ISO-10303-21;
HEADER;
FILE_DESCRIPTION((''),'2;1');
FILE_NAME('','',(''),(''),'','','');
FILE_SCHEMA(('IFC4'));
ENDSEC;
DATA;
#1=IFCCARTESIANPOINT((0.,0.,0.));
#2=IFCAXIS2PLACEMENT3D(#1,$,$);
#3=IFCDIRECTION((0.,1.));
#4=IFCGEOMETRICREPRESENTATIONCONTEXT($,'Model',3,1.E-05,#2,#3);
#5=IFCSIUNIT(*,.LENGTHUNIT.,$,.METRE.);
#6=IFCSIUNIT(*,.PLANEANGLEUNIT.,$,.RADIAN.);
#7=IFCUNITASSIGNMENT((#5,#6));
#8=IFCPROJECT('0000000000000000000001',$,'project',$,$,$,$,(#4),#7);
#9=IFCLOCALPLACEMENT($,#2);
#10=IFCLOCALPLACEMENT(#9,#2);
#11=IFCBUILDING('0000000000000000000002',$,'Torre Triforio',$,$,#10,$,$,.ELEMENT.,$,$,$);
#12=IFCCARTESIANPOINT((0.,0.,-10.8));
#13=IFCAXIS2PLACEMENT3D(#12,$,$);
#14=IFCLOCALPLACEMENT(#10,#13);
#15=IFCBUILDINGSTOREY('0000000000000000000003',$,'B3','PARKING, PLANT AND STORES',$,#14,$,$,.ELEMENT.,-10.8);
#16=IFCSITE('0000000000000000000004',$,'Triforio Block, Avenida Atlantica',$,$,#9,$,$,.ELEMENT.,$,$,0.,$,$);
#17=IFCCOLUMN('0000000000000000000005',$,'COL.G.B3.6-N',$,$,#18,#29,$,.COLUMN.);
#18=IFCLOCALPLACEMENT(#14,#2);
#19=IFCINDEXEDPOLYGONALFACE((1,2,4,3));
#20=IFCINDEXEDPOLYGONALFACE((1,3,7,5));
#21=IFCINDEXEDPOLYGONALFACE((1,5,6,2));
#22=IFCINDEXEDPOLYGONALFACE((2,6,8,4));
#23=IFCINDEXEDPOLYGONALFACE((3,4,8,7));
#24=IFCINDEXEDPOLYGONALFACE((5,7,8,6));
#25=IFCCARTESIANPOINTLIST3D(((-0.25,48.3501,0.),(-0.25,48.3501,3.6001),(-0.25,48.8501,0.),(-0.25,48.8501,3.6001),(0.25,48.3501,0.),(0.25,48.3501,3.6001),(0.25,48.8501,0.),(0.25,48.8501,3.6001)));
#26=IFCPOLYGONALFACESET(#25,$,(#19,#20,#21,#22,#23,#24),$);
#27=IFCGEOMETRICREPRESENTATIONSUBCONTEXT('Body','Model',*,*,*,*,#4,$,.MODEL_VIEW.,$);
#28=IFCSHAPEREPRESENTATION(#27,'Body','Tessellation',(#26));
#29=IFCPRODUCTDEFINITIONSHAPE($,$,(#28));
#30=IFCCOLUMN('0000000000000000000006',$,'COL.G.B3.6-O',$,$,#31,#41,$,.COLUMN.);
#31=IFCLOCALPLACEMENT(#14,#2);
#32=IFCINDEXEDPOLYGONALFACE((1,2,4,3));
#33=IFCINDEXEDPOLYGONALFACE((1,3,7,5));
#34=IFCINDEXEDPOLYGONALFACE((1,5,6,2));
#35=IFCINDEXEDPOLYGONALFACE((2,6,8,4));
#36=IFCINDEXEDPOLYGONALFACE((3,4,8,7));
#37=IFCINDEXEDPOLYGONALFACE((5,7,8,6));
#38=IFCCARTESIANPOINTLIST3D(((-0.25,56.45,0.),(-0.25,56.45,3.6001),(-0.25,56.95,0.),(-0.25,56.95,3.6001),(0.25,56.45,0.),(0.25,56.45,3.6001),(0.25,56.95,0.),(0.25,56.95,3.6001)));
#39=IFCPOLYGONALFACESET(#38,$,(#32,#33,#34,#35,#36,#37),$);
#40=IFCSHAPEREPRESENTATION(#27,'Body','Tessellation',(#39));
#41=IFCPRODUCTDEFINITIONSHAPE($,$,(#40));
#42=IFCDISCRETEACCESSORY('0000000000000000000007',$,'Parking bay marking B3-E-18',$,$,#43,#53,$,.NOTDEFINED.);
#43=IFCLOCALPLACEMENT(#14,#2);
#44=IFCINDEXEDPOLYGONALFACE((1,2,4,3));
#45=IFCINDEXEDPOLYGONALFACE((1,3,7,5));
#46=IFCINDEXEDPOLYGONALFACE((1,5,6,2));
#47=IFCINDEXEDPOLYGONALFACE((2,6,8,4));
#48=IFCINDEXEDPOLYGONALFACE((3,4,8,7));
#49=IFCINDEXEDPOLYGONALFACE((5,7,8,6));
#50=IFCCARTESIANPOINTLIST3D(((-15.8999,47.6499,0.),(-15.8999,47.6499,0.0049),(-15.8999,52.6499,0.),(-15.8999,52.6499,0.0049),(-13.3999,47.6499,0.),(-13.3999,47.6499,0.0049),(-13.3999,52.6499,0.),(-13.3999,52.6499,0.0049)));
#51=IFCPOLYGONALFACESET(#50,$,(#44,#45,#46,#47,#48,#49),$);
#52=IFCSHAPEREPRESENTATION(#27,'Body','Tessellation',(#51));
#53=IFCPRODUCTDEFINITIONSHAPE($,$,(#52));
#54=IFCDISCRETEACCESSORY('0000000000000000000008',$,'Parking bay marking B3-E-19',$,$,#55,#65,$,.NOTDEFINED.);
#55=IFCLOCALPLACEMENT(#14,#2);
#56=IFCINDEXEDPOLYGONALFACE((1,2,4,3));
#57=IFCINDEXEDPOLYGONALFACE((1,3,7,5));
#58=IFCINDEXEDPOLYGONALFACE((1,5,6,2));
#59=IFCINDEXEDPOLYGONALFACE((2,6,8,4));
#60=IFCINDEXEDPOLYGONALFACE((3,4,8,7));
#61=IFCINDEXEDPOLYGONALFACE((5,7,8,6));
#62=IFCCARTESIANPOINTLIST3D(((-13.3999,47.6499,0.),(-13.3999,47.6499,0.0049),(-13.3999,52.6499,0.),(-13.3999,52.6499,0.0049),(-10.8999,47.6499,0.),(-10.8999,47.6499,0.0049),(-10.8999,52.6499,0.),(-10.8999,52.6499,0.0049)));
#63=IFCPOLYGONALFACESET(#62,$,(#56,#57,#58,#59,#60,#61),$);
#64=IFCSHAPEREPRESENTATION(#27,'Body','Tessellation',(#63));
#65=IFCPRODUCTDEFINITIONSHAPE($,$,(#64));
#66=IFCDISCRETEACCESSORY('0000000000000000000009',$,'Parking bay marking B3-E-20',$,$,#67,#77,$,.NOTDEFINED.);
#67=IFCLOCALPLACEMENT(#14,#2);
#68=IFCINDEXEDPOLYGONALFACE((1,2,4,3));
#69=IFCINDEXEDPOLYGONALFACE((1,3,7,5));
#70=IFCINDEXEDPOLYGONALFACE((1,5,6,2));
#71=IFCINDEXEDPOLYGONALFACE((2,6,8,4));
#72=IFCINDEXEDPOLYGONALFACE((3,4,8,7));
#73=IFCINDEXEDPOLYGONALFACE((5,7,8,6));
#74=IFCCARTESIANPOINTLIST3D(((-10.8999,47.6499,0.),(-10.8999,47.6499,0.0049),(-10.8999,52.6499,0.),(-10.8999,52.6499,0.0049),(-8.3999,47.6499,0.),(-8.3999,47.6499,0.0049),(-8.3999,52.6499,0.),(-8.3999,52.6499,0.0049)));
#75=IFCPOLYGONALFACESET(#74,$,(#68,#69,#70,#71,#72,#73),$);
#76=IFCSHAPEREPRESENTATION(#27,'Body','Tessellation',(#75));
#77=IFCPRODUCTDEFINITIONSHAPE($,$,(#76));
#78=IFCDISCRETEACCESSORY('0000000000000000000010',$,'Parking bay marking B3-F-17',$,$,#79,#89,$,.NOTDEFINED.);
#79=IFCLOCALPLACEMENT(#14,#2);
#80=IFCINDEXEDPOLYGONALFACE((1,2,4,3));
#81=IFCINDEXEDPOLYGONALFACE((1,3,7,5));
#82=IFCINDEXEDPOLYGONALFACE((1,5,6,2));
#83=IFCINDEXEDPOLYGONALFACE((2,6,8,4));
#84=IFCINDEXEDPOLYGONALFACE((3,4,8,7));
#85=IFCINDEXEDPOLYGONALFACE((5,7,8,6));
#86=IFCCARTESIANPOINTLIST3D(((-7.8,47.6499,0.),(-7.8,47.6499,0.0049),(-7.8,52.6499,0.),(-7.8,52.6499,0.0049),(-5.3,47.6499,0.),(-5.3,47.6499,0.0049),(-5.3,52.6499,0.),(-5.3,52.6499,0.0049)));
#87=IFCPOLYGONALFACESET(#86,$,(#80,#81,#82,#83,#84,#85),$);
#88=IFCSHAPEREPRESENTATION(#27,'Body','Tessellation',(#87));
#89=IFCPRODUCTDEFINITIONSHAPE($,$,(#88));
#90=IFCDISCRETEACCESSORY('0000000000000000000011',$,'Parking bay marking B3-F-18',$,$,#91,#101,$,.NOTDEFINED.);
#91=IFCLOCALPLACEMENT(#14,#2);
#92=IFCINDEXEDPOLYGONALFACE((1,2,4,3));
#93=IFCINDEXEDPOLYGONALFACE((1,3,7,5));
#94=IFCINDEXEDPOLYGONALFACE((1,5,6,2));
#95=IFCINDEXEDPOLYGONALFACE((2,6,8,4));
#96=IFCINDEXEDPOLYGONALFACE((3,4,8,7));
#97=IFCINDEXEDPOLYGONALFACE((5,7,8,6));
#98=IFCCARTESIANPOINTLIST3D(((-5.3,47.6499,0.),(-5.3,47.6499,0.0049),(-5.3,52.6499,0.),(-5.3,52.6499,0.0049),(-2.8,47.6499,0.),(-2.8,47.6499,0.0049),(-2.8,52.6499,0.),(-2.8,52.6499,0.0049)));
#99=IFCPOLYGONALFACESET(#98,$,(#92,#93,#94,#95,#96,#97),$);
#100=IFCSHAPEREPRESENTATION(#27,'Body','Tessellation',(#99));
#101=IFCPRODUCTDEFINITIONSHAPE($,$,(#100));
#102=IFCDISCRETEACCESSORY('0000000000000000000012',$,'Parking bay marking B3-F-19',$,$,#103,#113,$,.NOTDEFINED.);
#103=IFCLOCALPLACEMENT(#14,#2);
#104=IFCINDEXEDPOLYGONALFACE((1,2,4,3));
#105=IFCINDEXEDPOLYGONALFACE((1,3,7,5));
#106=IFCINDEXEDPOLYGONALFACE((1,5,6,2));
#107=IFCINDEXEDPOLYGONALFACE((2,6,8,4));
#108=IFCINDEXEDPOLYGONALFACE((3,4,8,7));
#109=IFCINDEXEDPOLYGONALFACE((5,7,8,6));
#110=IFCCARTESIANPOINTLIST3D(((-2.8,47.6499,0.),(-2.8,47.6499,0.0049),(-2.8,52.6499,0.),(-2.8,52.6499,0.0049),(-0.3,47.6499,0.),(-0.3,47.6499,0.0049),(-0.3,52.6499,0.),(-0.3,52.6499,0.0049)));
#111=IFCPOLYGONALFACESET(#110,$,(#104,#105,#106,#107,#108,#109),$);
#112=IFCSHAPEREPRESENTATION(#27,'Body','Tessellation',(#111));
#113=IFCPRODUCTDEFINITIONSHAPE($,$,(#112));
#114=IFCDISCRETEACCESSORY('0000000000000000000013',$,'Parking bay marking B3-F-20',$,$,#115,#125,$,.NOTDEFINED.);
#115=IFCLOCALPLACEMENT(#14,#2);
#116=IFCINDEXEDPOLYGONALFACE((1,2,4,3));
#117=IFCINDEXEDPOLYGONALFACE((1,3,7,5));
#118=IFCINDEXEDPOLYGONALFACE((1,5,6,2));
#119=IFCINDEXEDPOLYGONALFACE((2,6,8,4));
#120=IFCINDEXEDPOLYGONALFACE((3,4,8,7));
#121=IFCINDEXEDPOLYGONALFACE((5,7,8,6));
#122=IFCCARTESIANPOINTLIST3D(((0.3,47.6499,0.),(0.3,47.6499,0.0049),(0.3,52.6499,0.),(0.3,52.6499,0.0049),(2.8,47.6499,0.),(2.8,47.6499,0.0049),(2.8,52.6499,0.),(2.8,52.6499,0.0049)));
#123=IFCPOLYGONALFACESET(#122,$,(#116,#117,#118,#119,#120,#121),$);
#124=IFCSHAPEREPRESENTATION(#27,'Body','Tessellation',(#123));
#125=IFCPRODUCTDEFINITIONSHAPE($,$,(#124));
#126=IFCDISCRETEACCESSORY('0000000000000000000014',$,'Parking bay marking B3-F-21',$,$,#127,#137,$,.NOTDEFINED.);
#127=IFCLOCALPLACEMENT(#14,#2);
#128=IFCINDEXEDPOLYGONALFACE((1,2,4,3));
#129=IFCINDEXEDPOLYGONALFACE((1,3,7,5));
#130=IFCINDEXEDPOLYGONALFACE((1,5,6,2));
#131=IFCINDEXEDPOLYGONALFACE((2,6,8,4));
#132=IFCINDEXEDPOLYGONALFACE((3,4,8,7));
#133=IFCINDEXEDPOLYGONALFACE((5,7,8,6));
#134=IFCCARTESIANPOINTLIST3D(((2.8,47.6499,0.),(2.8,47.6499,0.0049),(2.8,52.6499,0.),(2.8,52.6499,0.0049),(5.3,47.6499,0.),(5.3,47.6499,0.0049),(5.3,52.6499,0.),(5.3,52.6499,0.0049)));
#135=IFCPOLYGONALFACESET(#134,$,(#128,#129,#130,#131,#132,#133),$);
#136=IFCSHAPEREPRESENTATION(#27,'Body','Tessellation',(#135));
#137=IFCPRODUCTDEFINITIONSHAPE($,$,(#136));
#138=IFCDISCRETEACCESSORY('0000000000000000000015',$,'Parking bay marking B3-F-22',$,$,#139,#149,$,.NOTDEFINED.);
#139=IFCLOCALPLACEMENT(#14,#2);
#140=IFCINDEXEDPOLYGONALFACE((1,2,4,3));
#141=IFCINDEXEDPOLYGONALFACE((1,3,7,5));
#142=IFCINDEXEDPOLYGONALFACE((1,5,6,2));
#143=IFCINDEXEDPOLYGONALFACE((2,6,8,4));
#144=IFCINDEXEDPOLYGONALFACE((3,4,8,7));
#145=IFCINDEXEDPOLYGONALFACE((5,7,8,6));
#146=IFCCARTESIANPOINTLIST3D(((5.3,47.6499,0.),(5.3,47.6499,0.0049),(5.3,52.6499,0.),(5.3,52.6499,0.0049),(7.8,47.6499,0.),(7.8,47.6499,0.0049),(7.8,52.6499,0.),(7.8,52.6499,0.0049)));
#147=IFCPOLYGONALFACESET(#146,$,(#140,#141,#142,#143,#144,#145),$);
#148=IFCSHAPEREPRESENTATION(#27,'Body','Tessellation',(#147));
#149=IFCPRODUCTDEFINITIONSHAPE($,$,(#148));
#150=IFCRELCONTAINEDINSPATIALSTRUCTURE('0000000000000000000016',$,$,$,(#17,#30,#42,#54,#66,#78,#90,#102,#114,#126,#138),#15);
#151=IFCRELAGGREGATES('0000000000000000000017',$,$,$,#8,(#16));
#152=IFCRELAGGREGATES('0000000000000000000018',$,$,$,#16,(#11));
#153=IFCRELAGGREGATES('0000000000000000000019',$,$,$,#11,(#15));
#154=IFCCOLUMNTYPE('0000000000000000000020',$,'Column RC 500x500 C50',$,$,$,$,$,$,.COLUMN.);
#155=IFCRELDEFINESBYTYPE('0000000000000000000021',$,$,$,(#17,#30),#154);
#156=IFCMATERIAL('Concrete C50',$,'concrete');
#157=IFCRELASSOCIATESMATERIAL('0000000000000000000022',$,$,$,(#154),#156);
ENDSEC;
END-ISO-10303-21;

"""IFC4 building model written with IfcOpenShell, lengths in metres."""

from ifc_helpers import new_model, si_unit, direction, frame, origin, origin_2d, place, context, subcontext, project, spatial, rectangle, extrude, material, material_profile, profile_set, type_object, element, save


model = new_model("IFC4")

# Units and contexts
model_context = context("Model", 3, precision=1e-05, world=origin(), true_north=direction((0.0, 1.0)))
body_context = subcontext(model_context, "Body", "Model", "MODEL_VIEW")
ifc_project = project(units=[si_unit("LENGTHUNIT", "METRE"), si_unit("PLANEANGLEUNIT", "RADIAN")], contexts=[model_context])

# Site, building, storey
site_placement = place(None, origin())
site = spatial("IfcSite", under=ifc_project, at=site_placement, Name="Triforio Block, Avenida Atlantica", CompositionType="ELEMENT", RefElevation=0.0)
building_placement = place(site_placement, origin())
building = spatial("IfcBuilding", under=site, at=building_placement, Name="Torre Triforio", CompositionType="ELEMENT")
storey_placement = place(building_placement, frame((0.0, 0.0, -10.8)))
storey = spatial("IfcBuildingStorey", under=building, at=storey_placement, Name="B3", Description="PARKING, PLANT AND STORES", CompositionType="ELEMENT", Elevation=-10.8)

# Shared definitions
ifc_material_1 = material(Name="Concrete C50", Category="concrete")

# Columns
ifc_material_profile_1 = material_profile(ifc_material_1, rectangle(XDim=0.5, YDim=0.5, at=origin_2d()), Name="RC 500x500")
ifc_profile_set_1 = profile_set([ifc_material_profile_1], Name="Concrete C50")
column_type = type_object("IfcColumnType", Name="Column RC 500x500 C50", PredefinedType="COLUMN", material=ifc_profile_set_1)
for number, where, z_axis, x_axis, name in (
    (1, (0.0, 48.6001, 0.0), (0.0, 0.0, 1.0), (1.0, 0.0, 0.0), "COL.G.B3.6-N"),
    (2, (0.0, 56.7, 0.0), (0.0, 0.0, 1.0), (1.0, 0.0, 0.0), "COL.G.B3.6-O"),
):
    element("IfcColumn", number, at=place(storey_placement, frame(where, z_axis=z_axis, x_axis=x_axis)), inside=storey, type_object=column_type, Name=name, PredefinedType="COLUMN", context=body_context, shape_type="SweptSolid", body=[
        extrude(rectangle(XDim=0.5, YDim=0.5, at=origin_2d()), origin(), (0.0, 0.0, 1.0), 3.6001),
    ])

# Discrete accessories
for number, where, z_axis, x_axis, name in (
    (3, (-14.6499, 50.1499, 0.0), (0.0, 0.0, 1.0), (1.0, 0.0, 0.0), "Parking bay marking B3-E-18"),
    (4, (-12.1499, 50.1499, 0.0), (0.0, 0.0, 1.0), (1.0, 0.0, 0.0), "Parking bay marking B3-E-19"),
    (5, (-9.6499, 50.1499, 0.0), (0.0, 0.0, 1.0), (1.0, 0.0, 0.0), "Parking bay marking B3-E-20"),
    (6, (-6.55, 50.1499, 0.0), (0.0, 0.0, 1.0), (1.0, 0.0, 0.0), "Parking bay marking B3-F-17"),
    (7, (-4.05, 50.1499, 0.0), (0.0, 0.0, 1.0), (1.0, 0.0, 0.0), "Parking bay marking B3-F-18"),
    (8, (-1.55, 50.1499, 0.0), (0.0, 0.0, 1.0), (1.0, 0.0, 0.0), "Parking bay marking B3-F-19"),
    (9, (1.55, 50.1499, 0.0), (0.0, 0.0, 1.0), (1.0, 0.0, 0.0), "Parking bay marking B3-F-20"),
    (10, (4.05, 50.1499, 0.0), (0.0, 0.0, 1.0), (1.0, 0.0, 0.0), "Parking bay marking B3-F-21"),
    (11, (6.55, 50.1499, 0.0), (0.0, 0.0, 1.0), (1.0, 0.0, 0.0), "Parking bay marking B3-F-22"),
):
    element("IfcDiscreteAccessory", number, at=place(storey_placement, frame(where, z_axis=z_axis, x_axis=x_axis)), inside=storey, Name=name, PredefinedType="NOTDEFINED", context=body_context, shape_type="SweptSolid", body=[
        extrude(rectangle(XDim=2.5, YDim=5.0, at=origin_2d()), origin(), (0.0, 0.0, 1.0), 0.0049),
    ])

save(model, "model.ifc")
